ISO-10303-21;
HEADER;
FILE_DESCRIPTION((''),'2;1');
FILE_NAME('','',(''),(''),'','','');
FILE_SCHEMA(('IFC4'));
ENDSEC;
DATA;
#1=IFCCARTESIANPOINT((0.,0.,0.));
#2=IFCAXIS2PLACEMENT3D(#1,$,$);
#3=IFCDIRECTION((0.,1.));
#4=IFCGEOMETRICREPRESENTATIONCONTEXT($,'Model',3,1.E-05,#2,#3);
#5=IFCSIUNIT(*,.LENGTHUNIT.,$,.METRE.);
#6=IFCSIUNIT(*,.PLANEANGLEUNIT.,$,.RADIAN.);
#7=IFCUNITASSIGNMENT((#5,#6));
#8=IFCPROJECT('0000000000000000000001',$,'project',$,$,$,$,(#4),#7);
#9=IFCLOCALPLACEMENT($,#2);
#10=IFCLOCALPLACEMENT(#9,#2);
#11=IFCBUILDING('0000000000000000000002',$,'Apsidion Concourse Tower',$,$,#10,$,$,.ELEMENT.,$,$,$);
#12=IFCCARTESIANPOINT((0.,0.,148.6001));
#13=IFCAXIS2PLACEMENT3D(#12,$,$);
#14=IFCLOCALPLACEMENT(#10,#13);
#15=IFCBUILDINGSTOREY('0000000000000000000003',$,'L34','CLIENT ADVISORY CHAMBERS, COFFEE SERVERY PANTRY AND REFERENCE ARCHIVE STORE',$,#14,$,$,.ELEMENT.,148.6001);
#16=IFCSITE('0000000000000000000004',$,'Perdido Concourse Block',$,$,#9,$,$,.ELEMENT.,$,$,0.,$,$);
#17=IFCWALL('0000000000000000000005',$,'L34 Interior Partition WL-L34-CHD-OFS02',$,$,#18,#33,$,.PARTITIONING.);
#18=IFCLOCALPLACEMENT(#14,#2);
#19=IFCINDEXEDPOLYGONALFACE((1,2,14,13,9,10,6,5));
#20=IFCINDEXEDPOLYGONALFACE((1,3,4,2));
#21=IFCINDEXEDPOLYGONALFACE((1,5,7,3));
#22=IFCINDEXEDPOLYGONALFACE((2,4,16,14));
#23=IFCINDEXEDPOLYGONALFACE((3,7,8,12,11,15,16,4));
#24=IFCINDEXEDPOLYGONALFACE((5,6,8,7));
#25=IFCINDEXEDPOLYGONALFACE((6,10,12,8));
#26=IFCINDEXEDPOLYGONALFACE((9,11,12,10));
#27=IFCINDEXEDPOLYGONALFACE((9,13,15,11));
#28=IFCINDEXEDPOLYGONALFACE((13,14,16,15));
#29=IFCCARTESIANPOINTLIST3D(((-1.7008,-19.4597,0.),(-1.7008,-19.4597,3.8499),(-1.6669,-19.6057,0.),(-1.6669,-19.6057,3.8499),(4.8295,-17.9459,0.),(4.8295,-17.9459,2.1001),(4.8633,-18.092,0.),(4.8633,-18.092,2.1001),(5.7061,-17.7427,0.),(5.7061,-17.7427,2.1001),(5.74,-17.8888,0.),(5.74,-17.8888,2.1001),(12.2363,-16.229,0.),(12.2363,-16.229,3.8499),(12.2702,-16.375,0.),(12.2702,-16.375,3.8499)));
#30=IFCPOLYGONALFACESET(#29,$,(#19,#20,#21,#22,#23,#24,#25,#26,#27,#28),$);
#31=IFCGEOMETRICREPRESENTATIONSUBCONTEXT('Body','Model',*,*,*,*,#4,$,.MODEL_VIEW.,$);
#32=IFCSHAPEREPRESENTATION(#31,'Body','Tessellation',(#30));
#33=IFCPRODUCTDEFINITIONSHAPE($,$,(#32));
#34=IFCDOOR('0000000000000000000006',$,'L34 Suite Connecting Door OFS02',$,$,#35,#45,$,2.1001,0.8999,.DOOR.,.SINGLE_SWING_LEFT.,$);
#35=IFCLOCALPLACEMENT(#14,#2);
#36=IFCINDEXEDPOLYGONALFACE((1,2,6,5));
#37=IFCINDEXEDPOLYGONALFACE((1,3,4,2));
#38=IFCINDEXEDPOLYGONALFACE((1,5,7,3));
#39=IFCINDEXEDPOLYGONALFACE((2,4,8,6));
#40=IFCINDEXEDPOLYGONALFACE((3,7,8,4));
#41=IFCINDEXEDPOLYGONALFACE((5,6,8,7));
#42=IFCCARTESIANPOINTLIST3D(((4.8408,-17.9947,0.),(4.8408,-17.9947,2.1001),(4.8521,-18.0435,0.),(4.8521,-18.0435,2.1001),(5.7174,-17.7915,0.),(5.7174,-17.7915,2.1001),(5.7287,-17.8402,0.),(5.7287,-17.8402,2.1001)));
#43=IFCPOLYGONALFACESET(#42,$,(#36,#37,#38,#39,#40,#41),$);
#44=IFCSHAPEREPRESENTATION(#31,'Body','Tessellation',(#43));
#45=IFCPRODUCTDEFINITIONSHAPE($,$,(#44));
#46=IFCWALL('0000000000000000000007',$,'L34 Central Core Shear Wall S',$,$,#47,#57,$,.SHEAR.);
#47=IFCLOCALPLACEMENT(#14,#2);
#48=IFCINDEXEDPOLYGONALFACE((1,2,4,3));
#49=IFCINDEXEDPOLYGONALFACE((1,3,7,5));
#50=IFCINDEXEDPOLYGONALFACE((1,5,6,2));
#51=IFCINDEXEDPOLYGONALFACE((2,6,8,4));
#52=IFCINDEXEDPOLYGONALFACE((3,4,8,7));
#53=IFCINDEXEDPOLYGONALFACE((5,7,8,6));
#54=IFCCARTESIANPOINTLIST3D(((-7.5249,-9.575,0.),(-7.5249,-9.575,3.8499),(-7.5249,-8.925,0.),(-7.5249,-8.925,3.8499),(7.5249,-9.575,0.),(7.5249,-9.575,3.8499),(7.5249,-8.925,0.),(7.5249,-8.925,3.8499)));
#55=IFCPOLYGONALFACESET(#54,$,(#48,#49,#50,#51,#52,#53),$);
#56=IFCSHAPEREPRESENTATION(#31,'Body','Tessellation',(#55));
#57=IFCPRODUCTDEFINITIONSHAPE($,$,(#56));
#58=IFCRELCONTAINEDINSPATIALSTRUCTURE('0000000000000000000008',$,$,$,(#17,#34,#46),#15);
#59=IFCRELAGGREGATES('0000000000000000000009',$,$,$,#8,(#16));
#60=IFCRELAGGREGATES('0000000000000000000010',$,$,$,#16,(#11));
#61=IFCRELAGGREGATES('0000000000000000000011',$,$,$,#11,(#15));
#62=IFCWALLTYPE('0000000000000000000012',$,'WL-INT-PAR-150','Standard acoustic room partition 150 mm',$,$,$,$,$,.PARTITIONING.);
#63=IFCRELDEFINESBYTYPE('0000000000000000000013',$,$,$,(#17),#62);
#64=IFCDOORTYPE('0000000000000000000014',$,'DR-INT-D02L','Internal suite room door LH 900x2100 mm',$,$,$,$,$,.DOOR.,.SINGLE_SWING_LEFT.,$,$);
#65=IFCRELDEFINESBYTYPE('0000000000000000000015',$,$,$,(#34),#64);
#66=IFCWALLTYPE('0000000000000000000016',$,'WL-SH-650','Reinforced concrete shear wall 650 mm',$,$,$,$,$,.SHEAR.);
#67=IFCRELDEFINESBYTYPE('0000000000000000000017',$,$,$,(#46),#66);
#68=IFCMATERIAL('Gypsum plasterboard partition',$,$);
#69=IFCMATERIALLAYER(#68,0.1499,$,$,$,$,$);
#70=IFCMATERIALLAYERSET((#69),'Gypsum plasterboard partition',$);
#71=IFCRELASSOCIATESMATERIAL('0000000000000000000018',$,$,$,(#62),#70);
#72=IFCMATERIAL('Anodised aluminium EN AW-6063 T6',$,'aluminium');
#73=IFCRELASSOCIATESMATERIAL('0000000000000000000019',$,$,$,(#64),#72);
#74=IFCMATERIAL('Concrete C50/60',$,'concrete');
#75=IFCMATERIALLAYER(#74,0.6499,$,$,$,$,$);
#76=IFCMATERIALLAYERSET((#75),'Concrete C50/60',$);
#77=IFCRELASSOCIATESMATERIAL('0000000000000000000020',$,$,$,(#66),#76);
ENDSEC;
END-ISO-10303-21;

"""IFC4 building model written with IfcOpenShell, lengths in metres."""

from ifc_helpers import new_model, si_unit, direction, frame, frame_2d, origin, place, context, subcontext, project, spatial, rectangle, extrude, material, layer, layer_set, type_object, element, fill, save


model = new_model("IFC4")

# Units and contexts
model_context = context("Model", 3, precision=1e-05, world=origin(), true_north=direction((0.0, 1.0)))
body_context = subcontext(model_context, "Body", "Model", "MODEL_VIEW")
ifc_project = project(units=[si_unit("LENGTHUNIT", "METRE"), si_unit("PLANEANGLEUNIT", "RADIAN")], contexts=[model_context])

# Site, building, storey
site_placement = place(None, origin())
site = spatial("IfcSite", under=ifc_project, at=site_placement, Name="Perdido Concourse Block", CompositionType="ELEMENT", RefElevation=0.0)
building_placement = place(site_placement, origin())
building = spatial("IfcBuilding", under=site, at=building_placement, Name="Apsidion Concourse Tower", CompositionType="ELEMENT")
storey_placement = place(building_placement, frame((0.0, 0.0, 148.6001)))
storey = spatial("IfcBuildingStorey", under=building, at=storey_placement, Name="L34", Description="CLIENT ADVISORY CHAMBERS, COFFEE SERVERY PANTRY AND REFERENCE ARCHIVE STORE", CompositionType="ELEMENT", Elevation=148.6001)

# Shared definitions
ifc_material_1 = material(Name="Concrete C50/60", Category="concrete")

# Shared definitions
ifc_material_2 = material(Name="Gypsum plasterboard partition")
ifc_layer_1 = layer(ifc_material_2, 0.1499)
ifc_layer_set_1 = layer_set([ifc_layer_1], Name="Gypsum plasterboard partition")
wall_type_1 = type_object("IfcWallType", Name="WL-INT-PAR-150", Description="Standard acoustic room partition 150 mm", PredefinedType="PARTITIONING", material=ifc_layer_set_1)

# Wall, opening, door
wall_1_placement = place(storey_placement, frame((-1.6838, -19.5327, 0.0), z_axis=(0.0, 0.0, 1.0), x_axis=(0.974169, 0.22582, 0.0)))
wall_1 = element("IfcWall", 1, at=wall_1_placement, inside=storey, type_object=wall_type_1, Name="L34 Interior Partition WL-L34-CHD-OFS02", PredefinedType="PARTITIONING", context=body_context, shape_type="SweptSolid", body=[
    extrude(rectangle(XDim=14.3066, YDim=0.1499, at=frame_2d((7.1533, 0.0))), origin(), (0.0, 0.0, 1.0), 3.8499),
])
opening_1_placement = place(wall_1_placement, frame((6.7034, 0.0, 0.0)))
opening_1 = element("IfcOpeningElement", 2, at=opening_1_placement, cuts=wall_1, PredefinedType="OPENING", context=body_context, shape_type="SweptSolid", body=[
    extrude(rectangle(XDim=0.8999, YDim=2.1001, at=frame_2d((0.45, 1.05))), frame((0.0, 0.085, 0.0), z_axis=(0.0, -1.0, 0.0), x_axis=(1.0, 0.0, 0.0)), (0.0, 0.0, 1.0), 0.1699),
])
ifc_material_3 = material(Name="Anodised aluminium EN AW-6063 T6", Category="aluminium")
door_type_1 = type_object("IfcDoorType", Name="DR-INT-D02L", Description="Internal suite room door LH 900x2100 mm", OperationType="SINGLE_SWING_LEFT", PredefinedType="DOOR", material=ifc_material_3)
door_1_placement = place(opening_1_placement, origin())
door_1 = element("IfcDoor", 3, at=door_1_placement, inside=storey, type_object=door_type_1, Name="L34 Suite Connecting Door OFS02", OperationType="SINGLE_SWING_LEFT", OverallHeight=2.1001, OverallWidth=0.8999, PredefinedType="DOOR", context=body_context, shape_type="SweptSolid", body=[
    extrude(rectangle(XDim=0.8999, YDim=2.1001, at=frame_2d((0.45, 1.05))), frame((0.0, 0.0249, 0.0), z_axis=(0.0, -1.0, 0.0), x_axis=(1.0, 0.0, 0.0)), (0.0, 0.0, 1.0), 0.05),
])
fill(opening_1, door_1)

# Shared definitions
ifc_layer_2 = layer(ifc_material_1, 0.6499)
ifc_layer_set_2 = layer_set([ifc_layer_2], Name="Concrete C50/60")
wall_type_2 = type_object("IfcWallType", Name="WL-SH-650", Description="Reinforced concrete shear wall 650 mm", PredefinedType="SHEAR", material=ifc_layer_set_2)

# Wall
wall_2_placement = place(storey_placement, frame((-7.5249, -9.25, 0.0), z_axis=(0.0, 0.0, 1.0), x_axis=(1.0, 0.0, 0.0)))
element("IfcWall", 4, at=wall_2_placement, inside=storey, type_object=wall_type_2, Name="L34 Central Core Shear Wall S", PredefinedType="SHEAR", context=body_context, shape_type="SweptSolid", body=[
    extrude(rectangle(XDim=15.0498, YDim=0.6499, at=frame_2d((7.5249, 0.0))), origin(), (0.0, 0.0, 1.0), 3.8499),
])

save(model, "model.ifc")
